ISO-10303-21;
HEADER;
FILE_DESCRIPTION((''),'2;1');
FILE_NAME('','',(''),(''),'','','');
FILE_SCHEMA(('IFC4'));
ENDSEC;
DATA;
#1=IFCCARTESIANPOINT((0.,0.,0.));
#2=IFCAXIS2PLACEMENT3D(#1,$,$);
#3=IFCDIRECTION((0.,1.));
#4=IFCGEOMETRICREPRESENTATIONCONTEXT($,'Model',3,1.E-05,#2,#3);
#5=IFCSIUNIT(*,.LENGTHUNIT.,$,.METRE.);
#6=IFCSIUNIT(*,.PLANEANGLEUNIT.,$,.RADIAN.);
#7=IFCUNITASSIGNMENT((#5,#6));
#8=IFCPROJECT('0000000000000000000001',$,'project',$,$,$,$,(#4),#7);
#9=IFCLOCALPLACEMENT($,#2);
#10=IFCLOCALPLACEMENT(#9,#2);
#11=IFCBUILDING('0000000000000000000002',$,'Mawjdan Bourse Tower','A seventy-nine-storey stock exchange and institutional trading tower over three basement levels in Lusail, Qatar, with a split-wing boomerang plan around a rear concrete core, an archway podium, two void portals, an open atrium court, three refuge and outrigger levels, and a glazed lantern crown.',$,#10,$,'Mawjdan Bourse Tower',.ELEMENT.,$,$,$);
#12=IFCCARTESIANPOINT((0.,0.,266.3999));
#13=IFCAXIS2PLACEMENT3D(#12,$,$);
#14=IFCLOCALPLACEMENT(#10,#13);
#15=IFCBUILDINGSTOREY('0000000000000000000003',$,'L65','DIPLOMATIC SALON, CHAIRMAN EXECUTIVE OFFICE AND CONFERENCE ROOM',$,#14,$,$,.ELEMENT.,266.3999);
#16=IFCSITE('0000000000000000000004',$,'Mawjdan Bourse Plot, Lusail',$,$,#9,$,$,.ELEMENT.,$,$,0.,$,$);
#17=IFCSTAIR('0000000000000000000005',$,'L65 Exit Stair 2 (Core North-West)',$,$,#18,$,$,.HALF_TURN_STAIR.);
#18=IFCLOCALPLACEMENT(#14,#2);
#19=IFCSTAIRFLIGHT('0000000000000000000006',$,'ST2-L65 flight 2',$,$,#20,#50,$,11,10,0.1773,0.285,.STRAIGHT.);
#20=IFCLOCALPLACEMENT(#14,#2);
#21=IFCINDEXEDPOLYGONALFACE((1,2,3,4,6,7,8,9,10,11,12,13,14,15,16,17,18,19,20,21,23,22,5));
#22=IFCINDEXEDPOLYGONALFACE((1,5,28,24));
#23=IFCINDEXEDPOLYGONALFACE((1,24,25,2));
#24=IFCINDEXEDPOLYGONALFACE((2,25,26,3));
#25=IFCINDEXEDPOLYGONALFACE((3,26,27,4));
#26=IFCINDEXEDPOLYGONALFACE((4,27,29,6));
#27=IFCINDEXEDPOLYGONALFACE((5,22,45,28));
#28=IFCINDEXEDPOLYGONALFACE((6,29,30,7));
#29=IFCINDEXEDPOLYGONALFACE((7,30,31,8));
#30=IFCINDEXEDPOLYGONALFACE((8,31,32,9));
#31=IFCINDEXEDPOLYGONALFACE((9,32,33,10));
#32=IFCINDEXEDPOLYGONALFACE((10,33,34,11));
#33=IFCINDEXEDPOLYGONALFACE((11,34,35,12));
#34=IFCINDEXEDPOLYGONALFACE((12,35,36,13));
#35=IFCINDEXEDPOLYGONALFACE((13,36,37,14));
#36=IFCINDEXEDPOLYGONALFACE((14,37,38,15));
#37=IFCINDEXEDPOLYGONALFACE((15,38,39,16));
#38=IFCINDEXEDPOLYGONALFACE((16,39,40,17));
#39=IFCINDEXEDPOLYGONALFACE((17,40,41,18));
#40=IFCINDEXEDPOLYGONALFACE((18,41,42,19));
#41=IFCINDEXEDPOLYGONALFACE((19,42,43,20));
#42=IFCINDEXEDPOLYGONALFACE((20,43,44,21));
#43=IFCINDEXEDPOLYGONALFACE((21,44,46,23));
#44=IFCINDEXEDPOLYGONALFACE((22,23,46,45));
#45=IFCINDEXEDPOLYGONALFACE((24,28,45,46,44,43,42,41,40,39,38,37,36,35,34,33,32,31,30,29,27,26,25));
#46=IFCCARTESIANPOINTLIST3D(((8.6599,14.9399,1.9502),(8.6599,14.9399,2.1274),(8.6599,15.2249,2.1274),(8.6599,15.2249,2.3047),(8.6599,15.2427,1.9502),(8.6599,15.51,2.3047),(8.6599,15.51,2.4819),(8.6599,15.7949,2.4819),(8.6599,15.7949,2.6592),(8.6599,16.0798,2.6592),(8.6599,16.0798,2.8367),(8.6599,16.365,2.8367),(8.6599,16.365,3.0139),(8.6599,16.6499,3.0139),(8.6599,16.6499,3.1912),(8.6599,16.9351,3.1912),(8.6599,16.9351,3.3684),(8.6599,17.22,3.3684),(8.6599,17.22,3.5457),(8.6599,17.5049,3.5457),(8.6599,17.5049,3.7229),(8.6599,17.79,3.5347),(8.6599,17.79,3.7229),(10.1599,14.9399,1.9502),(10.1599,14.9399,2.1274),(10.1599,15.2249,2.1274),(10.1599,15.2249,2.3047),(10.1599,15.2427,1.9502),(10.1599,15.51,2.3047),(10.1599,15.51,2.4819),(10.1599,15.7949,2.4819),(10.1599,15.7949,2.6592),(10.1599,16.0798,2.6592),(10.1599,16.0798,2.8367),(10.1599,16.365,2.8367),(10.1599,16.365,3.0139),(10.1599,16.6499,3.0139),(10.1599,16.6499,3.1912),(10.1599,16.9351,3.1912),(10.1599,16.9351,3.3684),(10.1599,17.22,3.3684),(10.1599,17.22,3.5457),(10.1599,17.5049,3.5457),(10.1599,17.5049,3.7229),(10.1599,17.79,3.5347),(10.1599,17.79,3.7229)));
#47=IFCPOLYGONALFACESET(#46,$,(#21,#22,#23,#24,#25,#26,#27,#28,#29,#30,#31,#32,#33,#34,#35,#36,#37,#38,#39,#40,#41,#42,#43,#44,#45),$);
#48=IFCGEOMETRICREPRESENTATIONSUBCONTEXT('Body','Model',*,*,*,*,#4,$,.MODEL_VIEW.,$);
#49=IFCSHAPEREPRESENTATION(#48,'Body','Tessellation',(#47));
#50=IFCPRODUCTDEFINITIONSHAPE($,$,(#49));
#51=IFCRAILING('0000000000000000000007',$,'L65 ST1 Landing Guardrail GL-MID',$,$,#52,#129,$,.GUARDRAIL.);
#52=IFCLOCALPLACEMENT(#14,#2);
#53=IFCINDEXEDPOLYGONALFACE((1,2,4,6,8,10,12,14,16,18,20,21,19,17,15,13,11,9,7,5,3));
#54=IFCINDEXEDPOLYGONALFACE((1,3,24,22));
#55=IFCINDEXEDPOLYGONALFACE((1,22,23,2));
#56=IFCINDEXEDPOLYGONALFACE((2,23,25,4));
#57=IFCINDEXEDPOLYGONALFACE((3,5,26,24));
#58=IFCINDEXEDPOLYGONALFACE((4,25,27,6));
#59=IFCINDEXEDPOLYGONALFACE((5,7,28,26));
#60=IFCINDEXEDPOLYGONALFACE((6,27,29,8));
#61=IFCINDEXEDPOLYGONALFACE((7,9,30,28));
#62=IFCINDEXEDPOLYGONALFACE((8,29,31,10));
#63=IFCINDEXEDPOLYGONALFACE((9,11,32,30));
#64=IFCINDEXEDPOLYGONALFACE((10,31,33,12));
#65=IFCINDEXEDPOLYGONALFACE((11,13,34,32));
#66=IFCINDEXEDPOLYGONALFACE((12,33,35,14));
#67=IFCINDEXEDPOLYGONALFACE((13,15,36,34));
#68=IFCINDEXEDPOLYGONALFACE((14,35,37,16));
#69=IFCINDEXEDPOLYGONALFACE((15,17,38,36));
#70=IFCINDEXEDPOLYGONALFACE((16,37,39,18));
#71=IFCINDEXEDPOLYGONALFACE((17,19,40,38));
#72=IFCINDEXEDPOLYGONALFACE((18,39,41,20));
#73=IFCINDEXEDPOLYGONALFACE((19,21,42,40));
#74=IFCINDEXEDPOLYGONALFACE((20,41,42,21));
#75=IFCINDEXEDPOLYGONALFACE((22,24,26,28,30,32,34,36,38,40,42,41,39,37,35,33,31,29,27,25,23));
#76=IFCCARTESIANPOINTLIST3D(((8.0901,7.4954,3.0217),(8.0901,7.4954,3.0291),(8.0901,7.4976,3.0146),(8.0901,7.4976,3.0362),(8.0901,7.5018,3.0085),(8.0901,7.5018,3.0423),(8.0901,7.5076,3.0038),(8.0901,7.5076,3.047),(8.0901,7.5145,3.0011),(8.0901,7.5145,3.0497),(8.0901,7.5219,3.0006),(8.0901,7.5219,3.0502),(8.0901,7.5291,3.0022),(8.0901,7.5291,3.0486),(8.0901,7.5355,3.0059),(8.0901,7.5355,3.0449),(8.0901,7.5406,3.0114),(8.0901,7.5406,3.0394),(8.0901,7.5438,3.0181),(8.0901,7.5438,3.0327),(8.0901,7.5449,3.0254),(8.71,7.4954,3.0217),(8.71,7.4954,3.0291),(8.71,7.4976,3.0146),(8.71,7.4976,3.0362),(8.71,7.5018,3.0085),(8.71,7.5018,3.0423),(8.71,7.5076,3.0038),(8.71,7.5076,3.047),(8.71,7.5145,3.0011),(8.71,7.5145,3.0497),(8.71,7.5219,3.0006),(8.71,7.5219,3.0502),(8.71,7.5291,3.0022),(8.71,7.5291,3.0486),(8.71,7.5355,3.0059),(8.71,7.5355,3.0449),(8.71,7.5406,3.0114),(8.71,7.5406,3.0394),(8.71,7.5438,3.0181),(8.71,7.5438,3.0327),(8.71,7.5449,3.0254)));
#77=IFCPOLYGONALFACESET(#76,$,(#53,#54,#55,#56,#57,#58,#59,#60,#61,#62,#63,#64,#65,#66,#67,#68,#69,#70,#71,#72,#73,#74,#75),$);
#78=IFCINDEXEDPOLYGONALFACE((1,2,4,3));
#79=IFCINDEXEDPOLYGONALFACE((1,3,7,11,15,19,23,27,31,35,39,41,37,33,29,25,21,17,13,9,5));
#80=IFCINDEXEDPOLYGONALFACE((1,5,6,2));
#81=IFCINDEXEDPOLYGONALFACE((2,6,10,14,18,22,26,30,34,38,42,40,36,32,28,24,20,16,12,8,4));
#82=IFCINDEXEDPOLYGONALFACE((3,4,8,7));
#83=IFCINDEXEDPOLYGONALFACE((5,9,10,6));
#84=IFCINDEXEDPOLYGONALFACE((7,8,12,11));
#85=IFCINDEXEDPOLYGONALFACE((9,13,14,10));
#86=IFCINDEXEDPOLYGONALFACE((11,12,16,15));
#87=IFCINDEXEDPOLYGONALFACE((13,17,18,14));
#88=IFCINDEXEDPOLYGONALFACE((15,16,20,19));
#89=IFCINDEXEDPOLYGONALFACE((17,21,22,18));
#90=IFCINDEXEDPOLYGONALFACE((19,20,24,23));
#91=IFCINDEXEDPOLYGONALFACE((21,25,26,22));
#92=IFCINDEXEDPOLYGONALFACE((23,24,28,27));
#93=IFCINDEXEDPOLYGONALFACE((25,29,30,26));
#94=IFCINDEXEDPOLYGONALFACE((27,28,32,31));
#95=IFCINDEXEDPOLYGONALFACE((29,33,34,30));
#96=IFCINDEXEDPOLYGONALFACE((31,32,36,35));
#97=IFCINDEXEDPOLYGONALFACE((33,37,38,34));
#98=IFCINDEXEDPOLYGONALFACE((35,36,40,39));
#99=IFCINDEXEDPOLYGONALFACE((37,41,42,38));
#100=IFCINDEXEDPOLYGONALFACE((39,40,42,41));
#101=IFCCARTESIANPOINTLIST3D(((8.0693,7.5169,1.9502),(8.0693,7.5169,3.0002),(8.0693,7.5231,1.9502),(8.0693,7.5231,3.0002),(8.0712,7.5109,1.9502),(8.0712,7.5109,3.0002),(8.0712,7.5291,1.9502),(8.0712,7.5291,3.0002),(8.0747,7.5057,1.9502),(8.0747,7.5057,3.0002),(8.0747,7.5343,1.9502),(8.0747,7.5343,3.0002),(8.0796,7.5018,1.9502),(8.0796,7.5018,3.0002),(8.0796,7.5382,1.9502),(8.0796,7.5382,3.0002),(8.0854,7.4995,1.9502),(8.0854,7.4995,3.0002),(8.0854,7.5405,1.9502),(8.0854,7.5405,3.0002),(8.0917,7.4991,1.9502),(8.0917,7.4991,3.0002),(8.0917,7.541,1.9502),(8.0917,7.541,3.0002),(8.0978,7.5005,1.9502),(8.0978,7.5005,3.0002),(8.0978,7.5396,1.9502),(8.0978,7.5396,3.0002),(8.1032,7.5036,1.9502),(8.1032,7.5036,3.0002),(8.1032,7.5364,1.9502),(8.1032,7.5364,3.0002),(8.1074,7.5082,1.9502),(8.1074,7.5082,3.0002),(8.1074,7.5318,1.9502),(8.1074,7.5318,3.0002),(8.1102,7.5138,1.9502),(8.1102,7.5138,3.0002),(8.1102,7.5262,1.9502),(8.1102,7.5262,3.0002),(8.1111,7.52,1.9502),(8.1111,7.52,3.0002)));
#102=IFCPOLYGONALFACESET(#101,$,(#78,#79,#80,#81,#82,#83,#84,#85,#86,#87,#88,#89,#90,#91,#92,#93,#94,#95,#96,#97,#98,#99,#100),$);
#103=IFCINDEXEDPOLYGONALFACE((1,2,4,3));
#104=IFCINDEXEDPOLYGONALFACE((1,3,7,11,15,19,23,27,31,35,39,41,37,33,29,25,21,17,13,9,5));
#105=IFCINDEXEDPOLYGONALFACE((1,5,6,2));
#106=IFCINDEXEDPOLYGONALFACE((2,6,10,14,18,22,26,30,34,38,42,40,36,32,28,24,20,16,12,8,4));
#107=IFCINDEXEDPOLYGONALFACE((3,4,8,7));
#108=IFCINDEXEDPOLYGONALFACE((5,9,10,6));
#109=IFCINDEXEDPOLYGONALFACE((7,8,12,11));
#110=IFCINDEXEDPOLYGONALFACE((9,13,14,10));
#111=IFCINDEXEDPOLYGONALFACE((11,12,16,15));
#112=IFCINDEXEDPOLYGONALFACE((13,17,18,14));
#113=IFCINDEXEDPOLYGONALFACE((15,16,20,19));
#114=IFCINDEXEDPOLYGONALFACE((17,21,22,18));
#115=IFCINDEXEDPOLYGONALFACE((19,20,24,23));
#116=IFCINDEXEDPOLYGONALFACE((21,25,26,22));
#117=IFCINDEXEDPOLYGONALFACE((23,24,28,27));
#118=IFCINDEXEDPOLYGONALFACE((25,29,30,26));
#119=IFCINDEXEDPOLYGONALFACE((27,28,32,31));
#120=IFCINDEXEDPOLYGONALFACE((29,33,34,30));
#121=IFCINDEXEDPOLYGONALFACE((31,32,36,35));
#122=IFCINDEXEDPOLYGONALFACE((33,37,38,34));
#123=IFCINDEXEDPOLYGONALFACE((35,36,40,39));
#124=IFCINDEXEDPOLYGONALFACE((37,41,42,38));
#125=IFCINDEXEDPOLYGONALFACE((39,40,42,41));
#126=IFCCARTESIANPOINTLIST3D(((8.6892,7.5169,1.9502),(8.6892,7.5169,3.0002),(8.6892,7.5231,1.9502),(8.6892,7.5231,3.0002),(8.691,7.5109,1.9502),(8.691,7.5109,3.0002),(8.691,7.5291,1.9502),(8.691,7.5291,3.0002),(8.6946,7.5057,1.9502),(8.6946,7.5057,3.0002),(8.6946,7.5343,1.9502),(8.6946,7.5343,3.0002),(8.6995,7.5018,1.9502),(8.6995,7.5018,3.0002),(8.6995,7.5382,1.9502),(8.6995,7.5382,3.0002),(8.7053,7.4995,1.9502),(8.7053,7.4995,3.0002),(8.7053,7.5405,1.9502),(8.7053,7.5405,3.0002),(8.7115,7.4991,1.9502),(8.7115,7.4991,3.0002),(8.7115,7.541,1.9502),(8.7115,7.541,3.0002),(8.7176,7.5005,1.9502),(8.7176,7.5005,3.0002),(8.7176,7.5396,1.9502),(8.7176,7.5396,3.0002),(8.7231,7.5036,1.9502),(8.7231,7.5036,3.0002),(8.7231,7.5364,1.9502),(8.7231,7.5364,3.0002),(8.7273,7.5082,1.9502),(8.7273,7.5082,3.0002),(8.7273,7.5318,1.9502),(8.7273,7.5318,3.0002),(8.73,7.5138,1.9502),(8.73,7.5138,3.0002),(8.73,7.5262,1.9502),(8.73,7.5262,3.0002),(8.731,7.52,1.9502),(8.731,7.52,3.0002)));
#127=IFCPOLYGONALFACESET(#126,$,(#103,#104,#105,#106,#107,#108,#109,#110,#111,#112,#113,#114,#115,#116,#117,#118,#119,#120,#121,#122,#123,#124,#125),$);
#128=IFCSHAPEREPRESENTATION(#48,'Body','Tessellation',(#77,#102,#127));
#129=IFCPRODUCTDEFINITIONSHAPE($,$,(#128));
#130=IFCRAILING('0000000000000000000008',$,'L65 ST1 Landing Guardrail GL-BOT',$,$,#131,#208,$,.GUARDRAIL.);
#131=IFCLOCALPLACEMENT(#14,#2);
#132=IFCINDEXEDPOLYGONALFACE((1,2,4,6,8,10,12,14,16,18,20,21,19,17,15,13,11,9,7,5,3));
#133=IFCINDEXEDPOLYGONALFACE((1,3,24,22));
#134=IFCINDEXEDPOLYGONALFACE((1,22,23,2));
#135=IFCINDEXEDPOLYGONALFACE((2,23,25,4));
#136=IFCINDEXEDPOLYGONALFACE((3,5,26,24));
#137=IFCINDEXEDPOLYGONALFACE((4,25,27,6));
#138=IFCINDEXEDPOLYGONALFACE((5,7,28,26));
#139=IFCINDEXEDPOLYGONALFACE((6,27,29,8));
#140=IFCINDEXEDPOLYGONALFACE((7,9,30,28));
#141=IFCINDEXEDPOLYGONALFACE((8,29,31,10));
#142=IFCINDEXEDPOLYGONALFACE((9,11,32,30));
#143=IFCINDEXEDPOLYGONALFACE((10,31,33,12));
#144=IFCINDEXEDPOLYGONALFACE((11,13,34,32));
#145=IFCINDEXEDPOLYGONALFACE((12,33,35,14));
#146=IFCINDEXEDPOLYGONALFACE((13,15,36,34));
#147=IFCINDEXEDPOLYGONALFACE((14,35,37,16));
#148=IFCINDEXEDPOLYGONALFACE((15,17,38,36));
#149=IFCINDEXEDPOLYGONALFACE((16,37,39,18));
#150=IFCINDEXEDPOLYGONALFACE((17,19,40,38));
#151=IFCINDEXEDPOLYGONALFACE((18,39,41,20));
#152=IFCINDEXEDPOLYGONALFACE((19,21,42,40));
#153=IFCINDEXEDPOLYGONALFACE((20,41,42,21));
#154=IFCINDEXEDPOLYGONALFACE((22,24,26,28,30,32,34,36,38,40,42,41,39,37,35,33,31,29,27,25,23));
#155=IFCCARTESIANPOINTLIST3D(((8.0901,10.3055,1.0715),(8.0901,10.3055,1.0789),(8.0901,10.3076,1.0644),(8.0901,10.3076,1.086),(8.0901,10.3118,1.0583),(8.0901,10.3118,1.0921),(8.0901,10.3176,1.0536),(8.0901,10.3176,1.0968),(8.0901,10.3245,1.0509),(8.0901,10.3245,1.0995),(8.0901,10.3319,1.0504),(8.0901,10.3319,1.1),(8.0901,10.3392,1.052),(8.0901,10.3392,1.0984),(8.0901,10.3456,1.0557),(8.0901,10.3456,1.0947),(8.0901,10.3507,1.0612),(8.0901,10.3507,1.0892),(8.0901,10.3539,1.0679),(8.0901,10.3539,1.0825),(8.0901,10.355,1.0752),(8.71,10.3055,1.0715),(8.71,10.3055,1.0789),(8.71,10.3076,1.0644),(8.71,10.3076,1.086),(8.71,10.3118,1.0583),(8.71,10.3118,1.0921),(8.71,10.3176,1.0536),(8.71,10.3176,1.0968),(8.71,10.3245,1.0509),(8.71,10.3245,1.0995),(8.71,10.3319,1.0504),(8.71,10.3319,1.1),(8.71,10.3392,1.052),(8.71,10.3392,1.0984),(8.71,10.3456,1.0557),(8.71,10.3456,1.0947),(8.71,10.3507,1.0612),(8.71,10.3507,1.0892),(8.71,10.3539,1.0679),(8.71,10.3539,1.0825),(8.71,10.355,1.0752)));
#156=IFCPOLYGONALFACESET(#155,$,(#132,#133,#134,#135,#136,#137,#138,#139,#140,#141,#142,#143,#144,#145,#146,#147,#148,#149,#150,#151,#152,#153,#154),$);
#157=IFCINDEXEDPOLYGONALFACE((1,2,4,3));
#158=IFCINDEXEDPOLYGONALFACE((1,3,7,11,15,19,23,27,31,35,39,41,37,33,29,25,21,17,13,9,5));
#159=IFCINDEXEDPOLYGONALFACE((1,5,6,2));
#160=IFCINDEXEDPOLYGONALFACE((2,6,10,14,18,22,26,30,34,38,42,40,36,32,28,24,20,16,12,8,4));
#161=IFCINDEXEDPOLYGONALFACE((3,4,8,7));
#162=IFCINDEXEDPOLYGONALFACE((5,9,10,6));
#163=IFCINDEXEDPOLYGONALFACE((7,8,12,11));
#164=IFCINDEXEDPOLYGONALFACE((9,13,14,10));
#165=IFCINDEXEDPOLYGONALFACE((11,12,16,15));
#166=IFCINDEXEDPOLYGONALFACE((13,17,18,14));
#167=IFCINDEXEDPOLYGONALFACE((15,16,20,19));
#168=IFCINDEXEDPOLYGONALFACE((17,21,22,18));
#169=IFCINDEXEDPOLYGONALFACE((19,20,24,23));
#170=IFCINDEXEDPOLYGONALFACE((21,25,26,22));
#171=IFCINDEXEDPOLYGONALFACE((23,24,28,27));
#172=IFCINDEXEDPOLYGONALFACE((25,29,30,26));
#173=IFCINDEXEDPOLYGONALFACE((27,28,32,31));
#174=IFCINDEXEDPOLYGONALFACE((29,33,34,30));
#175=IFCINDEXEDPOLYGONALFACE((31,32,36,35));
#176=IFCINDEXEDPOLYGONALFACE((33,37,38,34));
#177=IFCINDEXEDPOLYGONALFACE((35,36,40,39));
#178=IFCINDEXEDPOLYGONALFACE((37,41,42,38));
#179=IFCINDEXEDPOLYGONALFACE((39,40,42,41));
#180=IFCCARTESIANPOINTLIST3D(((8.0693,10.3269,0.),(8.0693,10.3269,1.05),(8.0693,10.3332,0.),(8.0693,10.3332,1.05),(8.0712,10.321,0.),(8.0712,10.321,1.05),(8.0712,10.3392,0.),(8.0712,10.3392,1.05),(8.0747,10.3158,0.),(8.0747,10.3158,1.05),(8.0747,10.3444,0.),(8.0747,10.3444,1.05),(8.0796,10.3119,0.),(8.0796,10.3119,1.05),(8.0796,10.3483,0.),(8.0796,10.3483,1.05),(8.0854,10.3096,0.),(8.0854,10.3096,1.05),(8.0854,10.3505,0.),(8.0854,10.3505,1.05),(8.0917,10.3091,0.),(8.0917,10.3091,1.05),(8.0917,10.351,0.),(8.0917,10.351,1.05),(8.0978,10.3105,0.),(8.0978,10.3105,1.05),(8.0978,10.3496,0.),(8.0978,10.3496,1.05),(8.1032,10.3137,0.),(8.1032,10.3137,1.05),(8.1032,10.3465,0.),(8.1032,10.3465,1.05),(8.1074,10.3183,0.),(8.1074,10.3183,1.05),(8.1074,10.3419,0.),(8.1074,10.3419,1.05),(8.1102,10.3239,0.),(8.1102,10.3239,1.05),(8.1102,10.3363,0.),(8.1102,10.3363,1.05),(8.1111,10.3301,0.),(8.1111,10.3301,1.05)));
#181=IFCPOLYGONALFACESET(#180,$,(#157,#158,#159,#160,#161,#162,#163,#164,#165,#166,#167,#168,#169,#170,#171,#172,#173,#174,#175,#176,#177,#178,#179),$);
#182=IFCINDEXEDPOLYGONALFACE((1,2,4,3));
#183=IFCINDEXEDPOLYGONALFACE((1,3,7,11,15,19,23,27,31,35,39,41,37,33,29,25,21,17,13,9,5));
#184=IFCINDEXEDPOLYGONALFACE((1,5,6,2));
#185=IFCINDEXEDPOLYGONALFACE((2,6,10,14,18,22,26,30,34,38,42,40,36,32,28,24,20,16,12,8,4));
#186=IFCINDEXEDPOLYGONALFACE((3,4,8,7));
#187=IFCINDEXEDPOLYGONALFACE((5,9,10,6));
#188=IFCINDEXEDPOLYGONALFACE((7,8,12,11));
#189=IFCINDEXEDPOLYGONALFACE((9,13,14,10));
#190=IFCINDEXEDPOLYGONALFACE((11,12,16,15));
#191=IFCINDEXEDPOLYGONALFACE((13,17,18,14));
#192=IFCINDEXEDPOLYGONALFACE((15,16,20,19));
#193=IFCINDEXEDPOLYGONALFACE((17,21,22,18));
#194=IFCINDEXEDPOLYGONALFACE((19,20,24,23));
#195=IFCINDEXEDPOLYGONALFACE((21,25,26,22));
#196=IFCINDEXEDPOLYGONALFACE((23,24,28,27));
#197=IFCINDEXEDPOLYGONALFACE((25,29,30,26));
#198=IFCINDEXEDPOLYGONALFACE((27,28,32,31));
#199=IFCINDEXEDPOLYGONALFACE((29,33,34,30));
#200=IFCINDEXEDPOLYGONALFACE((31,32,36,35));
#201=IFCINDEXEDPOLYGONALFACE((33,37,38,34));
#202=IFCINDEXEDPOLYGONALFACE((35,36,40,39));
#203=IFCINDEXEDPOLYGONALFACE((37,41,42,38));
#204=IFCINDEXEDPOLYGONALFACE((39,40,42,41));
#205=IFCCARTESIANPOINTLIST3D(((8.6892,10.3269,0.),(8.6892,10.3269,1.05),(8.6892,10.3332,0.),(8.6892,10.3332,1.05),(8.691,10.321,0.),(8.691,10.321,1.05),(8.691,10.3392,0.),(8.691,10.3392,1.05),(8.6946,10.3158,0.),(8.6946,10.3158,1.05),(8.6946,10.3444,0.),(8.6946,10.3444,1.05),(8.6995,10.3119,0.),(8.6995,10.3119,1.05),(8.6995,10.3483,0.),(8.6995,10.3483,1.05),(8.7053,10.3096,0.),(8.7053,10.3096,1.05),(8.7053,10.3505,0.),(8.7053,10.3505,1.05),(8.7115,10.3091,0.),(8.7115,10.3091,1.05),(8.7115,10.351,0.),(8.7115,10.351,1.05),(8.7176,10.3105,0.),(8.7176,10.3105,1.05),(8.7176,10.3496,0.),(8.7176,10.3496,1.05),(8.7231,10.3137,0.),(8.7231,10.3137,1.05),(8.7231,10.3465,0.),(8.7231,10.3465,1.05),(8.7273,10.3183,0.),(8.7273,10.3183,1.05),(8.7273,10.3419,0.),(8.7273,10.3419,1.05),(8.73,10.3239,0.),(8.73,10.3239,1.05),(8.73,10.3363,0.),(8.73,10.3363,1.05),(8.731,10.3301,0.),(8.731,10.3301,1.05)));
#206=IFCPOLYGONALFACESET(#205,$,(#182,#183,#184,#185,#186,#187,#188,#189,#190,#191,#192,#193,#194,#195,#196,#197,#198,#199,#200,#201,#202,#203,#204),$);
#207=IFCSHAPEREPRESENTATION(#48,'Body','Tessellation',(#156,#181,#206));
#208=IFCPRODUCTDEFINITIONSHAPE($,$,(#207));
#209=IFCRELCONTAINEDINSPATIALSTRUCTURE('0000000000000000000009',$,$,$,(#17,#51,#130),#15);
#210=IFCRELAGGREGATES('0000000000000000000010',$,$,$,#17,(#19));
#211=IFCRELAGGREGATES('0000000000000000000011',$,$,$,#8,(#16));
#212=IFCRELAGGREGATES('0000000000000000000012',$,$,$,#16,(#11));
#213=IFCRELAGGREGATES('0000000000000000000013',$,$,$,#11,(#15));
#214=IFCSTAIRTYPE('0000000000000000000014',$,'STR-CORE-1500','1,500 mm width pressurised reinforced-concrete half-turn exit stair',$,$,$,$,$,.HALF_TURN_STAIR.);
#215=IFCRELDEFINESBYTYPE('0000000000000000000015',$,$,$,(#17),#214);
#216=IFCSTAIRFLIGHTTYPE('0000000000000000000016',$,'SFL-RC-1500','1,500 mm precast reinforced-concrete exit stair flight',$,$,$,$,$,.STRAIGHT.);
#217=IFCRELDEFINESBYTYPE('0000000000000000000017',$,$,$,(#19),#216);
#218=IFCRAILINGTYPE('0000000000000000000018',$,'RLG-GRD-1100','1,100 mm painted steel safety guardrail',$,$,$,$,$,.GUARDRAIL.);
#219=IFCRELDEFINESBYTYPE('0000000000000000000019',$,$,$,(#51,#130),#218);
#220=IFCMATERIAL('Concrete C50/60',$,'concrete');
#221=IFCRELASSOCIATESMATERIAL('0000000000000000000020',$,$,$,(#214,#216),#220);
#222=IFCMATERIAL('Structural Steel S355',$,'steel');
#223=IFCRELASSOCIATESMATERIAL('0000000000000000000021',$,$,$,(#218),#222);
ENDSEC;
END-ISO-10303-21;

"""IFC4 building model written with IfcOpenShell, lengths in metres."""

from ifc_helpers import new_model, si_unit, direction, frame, origin, origin_2d, place, context, subcontext, project, spatial, polyline, circle, outline, extrude, material, type_object, element, aggregate, save


model = new_model("IFC4")

# Units and contexts
model_context = context("Model", 3, precision=1e-05, world=origin(), true_north=direction((0.0, 1.0)))
body_context = subcontext(model_context, "Body", "Model", "MODEL_VIEW")
ifc_project = project(units=[si_unit("LENGTHUNIT", "METRE"), si_unit("PLANEANGLEUNIT", "RADIAN")], contexts=[model_context])

# Site, building, storey
site_placement = place(None, origin())
site = spatial("IfcSite", under=ifc_project, at=site_placement, Name="Mawjdan Bourse Plot, Lusail", CompositionType="ELEMENT", RefElevation=0.0)
building_placement = place(site_placement, origin())
building = spatial("IfcBuilding", under=site, at=building_placement, Name="Mawjdan Bourse Tower", Description="A seventy-nine-storey stock exchange and institutional trading tower over three basement levels in Lusail, Qatar, with a split-wing boomerang plan around a rear concrete core, an archway podium, two void portals, an open atrium court, three refuge and outrigger levels, and a glazed lantern crown.", LongName="Mawjdan Bourse Tower", CompositionType="ELEMENT")
storey_placement = place(building_placement, frame((0.0, 0.0, 266.3999)))
storey = spatial("IfcBuildingStorey", under=building, at=storey_placement, Name="L65", Description="DIPLOMATIC SALON, CHAIRMAN EXECUTIVE OFFICE AND CONFERENCE ROOM", CompositionType="ELEMENT", Elevation=266.3999)

# Shared definitions
ifc_material_1 = material(Name="Concrete C50/60", Category="concrete")

# Shared definitions
stair_type = type_object("IfcStairType", Name="STR-CORE-1500", Description="1,500 mm width pressurised reinforced-concrete half-turn exit stair", PredefinedType="HALF_TURN_STAIR", material=ifc_material_1)
stair_flight_type = type_object("IfcStairFlightType", Name="SFL-RC-1500", Description="1,500 mm precast reinforced-concrete exit stair flight", PredefinedType="STRAIGHT", material=ifc_material_1)

# Stair, stair flight
stair_1_placement = place(storey_placement, origin())
stair_1 = element("IfcStair", 1, at=stair_1_placement, inside=storey, type_object=stair_type, Name="L65 Exit Stair 2 (Core North-West)", PredefinedType="HALF_TURN_STAIR")
stair_flight_1_placement = place(storey_placement, frame((9.4099, 14.9399, 1.9502), z_axis=(0.0, 0.0, 1.0), x_axis=(0.0, 1.0, 0.0)))
stair_flight_1 = element("IfcStairFlight", 2, at=stair_flight_1_placement, type_object=stair_flight_type, Name="ST2-L65 flight 2", NumberOfRisers=11, NumberOfTreads=10, PredefinedType="STRAIGHT", RiserHeight=0.1773, TreadLength=0.285, context=body_context, shape_type="SweptSolid", body=[
    extrude(outline(polyline([(0.0, 0.0), (0.0, 0.1772), (0.2849, 0.1772), (0.2849, 0.3545), (0.5701, 0.3545), (0.5701, 0.5317), (0.855, 0.5317), (0.855, 0.709), (1.1399, 0.709), (1.1399, 0.8865), (1.425, 0.8865), (1.425, 1.0637), (1.71, 1.0637), (1.71, 1.241), (1.9951, 1.241), (1.9951, 1.4182), (2.28, 1.4182), (2.28, 1.5955), (2.5649, 1.5955), (2.5649, 1.7727), (2.8501, 1.7727), (2.8501, 1.95), (2.8501, 1.5845), (0.3027, 0.0), (0.0, 0.0)])), frame((0.0, 0.75, 0.0), z_axis=(0.0, -1.0, 0.0), x_axis=(1.0, 0.0, 0.0)), (0.0, 0.0, 1.0), 1.5),
])
aggregate(stair_1, [stair_flight_1])

# Railings
ifc_material_2 = material(Name="Structural Steel S355", Category="steel")
railing_type_1 = type_object("IfcRailingType", Name="RLG-GRD-1100", Description="1,100 mm painted steel safety guardrail", PredefinedType="GUARDRAIL", material=ifc_material_2)
for number, where, name in (
    (3, (8.0901, 7.52, 1.9502), "L65 ST1 Landing Guardrail GL-MID"),
    (4, (8.0901, 10.3301, 0.0), "L65 ST1 Landing Guardrail GL-BOT"),
):
    element("IfcRailing", number, at=place(storey_placement, frame(where)), inside=storey, type_object=railing_type_1, Name=name, PredefinedType="GUARDRAIL", context=body_context, shape_type="SweptSolid", body=[
        extrude(circle(Radius=0.0249, at=origin_2d()), frame((0.0, 0.0, 1.0752), z_axis=(1.0, 0.0, 0.0), x_axis=(0.0, 1.0, 0.0)), (0.0, 0.0, 1.0), 0.6199),
        extrude(circle(Radius=0.021, at=origin_2d()), origin(), (0.0, 0.0, 1.0), 1.05),
        extrude(circle(Radius=0.021, at=origin_2d()), frame((0.6199, 0.0, 0.0)), (0.0, 0.0, 1.0), 1.05),
    ])

save(model, "model.ifc")
